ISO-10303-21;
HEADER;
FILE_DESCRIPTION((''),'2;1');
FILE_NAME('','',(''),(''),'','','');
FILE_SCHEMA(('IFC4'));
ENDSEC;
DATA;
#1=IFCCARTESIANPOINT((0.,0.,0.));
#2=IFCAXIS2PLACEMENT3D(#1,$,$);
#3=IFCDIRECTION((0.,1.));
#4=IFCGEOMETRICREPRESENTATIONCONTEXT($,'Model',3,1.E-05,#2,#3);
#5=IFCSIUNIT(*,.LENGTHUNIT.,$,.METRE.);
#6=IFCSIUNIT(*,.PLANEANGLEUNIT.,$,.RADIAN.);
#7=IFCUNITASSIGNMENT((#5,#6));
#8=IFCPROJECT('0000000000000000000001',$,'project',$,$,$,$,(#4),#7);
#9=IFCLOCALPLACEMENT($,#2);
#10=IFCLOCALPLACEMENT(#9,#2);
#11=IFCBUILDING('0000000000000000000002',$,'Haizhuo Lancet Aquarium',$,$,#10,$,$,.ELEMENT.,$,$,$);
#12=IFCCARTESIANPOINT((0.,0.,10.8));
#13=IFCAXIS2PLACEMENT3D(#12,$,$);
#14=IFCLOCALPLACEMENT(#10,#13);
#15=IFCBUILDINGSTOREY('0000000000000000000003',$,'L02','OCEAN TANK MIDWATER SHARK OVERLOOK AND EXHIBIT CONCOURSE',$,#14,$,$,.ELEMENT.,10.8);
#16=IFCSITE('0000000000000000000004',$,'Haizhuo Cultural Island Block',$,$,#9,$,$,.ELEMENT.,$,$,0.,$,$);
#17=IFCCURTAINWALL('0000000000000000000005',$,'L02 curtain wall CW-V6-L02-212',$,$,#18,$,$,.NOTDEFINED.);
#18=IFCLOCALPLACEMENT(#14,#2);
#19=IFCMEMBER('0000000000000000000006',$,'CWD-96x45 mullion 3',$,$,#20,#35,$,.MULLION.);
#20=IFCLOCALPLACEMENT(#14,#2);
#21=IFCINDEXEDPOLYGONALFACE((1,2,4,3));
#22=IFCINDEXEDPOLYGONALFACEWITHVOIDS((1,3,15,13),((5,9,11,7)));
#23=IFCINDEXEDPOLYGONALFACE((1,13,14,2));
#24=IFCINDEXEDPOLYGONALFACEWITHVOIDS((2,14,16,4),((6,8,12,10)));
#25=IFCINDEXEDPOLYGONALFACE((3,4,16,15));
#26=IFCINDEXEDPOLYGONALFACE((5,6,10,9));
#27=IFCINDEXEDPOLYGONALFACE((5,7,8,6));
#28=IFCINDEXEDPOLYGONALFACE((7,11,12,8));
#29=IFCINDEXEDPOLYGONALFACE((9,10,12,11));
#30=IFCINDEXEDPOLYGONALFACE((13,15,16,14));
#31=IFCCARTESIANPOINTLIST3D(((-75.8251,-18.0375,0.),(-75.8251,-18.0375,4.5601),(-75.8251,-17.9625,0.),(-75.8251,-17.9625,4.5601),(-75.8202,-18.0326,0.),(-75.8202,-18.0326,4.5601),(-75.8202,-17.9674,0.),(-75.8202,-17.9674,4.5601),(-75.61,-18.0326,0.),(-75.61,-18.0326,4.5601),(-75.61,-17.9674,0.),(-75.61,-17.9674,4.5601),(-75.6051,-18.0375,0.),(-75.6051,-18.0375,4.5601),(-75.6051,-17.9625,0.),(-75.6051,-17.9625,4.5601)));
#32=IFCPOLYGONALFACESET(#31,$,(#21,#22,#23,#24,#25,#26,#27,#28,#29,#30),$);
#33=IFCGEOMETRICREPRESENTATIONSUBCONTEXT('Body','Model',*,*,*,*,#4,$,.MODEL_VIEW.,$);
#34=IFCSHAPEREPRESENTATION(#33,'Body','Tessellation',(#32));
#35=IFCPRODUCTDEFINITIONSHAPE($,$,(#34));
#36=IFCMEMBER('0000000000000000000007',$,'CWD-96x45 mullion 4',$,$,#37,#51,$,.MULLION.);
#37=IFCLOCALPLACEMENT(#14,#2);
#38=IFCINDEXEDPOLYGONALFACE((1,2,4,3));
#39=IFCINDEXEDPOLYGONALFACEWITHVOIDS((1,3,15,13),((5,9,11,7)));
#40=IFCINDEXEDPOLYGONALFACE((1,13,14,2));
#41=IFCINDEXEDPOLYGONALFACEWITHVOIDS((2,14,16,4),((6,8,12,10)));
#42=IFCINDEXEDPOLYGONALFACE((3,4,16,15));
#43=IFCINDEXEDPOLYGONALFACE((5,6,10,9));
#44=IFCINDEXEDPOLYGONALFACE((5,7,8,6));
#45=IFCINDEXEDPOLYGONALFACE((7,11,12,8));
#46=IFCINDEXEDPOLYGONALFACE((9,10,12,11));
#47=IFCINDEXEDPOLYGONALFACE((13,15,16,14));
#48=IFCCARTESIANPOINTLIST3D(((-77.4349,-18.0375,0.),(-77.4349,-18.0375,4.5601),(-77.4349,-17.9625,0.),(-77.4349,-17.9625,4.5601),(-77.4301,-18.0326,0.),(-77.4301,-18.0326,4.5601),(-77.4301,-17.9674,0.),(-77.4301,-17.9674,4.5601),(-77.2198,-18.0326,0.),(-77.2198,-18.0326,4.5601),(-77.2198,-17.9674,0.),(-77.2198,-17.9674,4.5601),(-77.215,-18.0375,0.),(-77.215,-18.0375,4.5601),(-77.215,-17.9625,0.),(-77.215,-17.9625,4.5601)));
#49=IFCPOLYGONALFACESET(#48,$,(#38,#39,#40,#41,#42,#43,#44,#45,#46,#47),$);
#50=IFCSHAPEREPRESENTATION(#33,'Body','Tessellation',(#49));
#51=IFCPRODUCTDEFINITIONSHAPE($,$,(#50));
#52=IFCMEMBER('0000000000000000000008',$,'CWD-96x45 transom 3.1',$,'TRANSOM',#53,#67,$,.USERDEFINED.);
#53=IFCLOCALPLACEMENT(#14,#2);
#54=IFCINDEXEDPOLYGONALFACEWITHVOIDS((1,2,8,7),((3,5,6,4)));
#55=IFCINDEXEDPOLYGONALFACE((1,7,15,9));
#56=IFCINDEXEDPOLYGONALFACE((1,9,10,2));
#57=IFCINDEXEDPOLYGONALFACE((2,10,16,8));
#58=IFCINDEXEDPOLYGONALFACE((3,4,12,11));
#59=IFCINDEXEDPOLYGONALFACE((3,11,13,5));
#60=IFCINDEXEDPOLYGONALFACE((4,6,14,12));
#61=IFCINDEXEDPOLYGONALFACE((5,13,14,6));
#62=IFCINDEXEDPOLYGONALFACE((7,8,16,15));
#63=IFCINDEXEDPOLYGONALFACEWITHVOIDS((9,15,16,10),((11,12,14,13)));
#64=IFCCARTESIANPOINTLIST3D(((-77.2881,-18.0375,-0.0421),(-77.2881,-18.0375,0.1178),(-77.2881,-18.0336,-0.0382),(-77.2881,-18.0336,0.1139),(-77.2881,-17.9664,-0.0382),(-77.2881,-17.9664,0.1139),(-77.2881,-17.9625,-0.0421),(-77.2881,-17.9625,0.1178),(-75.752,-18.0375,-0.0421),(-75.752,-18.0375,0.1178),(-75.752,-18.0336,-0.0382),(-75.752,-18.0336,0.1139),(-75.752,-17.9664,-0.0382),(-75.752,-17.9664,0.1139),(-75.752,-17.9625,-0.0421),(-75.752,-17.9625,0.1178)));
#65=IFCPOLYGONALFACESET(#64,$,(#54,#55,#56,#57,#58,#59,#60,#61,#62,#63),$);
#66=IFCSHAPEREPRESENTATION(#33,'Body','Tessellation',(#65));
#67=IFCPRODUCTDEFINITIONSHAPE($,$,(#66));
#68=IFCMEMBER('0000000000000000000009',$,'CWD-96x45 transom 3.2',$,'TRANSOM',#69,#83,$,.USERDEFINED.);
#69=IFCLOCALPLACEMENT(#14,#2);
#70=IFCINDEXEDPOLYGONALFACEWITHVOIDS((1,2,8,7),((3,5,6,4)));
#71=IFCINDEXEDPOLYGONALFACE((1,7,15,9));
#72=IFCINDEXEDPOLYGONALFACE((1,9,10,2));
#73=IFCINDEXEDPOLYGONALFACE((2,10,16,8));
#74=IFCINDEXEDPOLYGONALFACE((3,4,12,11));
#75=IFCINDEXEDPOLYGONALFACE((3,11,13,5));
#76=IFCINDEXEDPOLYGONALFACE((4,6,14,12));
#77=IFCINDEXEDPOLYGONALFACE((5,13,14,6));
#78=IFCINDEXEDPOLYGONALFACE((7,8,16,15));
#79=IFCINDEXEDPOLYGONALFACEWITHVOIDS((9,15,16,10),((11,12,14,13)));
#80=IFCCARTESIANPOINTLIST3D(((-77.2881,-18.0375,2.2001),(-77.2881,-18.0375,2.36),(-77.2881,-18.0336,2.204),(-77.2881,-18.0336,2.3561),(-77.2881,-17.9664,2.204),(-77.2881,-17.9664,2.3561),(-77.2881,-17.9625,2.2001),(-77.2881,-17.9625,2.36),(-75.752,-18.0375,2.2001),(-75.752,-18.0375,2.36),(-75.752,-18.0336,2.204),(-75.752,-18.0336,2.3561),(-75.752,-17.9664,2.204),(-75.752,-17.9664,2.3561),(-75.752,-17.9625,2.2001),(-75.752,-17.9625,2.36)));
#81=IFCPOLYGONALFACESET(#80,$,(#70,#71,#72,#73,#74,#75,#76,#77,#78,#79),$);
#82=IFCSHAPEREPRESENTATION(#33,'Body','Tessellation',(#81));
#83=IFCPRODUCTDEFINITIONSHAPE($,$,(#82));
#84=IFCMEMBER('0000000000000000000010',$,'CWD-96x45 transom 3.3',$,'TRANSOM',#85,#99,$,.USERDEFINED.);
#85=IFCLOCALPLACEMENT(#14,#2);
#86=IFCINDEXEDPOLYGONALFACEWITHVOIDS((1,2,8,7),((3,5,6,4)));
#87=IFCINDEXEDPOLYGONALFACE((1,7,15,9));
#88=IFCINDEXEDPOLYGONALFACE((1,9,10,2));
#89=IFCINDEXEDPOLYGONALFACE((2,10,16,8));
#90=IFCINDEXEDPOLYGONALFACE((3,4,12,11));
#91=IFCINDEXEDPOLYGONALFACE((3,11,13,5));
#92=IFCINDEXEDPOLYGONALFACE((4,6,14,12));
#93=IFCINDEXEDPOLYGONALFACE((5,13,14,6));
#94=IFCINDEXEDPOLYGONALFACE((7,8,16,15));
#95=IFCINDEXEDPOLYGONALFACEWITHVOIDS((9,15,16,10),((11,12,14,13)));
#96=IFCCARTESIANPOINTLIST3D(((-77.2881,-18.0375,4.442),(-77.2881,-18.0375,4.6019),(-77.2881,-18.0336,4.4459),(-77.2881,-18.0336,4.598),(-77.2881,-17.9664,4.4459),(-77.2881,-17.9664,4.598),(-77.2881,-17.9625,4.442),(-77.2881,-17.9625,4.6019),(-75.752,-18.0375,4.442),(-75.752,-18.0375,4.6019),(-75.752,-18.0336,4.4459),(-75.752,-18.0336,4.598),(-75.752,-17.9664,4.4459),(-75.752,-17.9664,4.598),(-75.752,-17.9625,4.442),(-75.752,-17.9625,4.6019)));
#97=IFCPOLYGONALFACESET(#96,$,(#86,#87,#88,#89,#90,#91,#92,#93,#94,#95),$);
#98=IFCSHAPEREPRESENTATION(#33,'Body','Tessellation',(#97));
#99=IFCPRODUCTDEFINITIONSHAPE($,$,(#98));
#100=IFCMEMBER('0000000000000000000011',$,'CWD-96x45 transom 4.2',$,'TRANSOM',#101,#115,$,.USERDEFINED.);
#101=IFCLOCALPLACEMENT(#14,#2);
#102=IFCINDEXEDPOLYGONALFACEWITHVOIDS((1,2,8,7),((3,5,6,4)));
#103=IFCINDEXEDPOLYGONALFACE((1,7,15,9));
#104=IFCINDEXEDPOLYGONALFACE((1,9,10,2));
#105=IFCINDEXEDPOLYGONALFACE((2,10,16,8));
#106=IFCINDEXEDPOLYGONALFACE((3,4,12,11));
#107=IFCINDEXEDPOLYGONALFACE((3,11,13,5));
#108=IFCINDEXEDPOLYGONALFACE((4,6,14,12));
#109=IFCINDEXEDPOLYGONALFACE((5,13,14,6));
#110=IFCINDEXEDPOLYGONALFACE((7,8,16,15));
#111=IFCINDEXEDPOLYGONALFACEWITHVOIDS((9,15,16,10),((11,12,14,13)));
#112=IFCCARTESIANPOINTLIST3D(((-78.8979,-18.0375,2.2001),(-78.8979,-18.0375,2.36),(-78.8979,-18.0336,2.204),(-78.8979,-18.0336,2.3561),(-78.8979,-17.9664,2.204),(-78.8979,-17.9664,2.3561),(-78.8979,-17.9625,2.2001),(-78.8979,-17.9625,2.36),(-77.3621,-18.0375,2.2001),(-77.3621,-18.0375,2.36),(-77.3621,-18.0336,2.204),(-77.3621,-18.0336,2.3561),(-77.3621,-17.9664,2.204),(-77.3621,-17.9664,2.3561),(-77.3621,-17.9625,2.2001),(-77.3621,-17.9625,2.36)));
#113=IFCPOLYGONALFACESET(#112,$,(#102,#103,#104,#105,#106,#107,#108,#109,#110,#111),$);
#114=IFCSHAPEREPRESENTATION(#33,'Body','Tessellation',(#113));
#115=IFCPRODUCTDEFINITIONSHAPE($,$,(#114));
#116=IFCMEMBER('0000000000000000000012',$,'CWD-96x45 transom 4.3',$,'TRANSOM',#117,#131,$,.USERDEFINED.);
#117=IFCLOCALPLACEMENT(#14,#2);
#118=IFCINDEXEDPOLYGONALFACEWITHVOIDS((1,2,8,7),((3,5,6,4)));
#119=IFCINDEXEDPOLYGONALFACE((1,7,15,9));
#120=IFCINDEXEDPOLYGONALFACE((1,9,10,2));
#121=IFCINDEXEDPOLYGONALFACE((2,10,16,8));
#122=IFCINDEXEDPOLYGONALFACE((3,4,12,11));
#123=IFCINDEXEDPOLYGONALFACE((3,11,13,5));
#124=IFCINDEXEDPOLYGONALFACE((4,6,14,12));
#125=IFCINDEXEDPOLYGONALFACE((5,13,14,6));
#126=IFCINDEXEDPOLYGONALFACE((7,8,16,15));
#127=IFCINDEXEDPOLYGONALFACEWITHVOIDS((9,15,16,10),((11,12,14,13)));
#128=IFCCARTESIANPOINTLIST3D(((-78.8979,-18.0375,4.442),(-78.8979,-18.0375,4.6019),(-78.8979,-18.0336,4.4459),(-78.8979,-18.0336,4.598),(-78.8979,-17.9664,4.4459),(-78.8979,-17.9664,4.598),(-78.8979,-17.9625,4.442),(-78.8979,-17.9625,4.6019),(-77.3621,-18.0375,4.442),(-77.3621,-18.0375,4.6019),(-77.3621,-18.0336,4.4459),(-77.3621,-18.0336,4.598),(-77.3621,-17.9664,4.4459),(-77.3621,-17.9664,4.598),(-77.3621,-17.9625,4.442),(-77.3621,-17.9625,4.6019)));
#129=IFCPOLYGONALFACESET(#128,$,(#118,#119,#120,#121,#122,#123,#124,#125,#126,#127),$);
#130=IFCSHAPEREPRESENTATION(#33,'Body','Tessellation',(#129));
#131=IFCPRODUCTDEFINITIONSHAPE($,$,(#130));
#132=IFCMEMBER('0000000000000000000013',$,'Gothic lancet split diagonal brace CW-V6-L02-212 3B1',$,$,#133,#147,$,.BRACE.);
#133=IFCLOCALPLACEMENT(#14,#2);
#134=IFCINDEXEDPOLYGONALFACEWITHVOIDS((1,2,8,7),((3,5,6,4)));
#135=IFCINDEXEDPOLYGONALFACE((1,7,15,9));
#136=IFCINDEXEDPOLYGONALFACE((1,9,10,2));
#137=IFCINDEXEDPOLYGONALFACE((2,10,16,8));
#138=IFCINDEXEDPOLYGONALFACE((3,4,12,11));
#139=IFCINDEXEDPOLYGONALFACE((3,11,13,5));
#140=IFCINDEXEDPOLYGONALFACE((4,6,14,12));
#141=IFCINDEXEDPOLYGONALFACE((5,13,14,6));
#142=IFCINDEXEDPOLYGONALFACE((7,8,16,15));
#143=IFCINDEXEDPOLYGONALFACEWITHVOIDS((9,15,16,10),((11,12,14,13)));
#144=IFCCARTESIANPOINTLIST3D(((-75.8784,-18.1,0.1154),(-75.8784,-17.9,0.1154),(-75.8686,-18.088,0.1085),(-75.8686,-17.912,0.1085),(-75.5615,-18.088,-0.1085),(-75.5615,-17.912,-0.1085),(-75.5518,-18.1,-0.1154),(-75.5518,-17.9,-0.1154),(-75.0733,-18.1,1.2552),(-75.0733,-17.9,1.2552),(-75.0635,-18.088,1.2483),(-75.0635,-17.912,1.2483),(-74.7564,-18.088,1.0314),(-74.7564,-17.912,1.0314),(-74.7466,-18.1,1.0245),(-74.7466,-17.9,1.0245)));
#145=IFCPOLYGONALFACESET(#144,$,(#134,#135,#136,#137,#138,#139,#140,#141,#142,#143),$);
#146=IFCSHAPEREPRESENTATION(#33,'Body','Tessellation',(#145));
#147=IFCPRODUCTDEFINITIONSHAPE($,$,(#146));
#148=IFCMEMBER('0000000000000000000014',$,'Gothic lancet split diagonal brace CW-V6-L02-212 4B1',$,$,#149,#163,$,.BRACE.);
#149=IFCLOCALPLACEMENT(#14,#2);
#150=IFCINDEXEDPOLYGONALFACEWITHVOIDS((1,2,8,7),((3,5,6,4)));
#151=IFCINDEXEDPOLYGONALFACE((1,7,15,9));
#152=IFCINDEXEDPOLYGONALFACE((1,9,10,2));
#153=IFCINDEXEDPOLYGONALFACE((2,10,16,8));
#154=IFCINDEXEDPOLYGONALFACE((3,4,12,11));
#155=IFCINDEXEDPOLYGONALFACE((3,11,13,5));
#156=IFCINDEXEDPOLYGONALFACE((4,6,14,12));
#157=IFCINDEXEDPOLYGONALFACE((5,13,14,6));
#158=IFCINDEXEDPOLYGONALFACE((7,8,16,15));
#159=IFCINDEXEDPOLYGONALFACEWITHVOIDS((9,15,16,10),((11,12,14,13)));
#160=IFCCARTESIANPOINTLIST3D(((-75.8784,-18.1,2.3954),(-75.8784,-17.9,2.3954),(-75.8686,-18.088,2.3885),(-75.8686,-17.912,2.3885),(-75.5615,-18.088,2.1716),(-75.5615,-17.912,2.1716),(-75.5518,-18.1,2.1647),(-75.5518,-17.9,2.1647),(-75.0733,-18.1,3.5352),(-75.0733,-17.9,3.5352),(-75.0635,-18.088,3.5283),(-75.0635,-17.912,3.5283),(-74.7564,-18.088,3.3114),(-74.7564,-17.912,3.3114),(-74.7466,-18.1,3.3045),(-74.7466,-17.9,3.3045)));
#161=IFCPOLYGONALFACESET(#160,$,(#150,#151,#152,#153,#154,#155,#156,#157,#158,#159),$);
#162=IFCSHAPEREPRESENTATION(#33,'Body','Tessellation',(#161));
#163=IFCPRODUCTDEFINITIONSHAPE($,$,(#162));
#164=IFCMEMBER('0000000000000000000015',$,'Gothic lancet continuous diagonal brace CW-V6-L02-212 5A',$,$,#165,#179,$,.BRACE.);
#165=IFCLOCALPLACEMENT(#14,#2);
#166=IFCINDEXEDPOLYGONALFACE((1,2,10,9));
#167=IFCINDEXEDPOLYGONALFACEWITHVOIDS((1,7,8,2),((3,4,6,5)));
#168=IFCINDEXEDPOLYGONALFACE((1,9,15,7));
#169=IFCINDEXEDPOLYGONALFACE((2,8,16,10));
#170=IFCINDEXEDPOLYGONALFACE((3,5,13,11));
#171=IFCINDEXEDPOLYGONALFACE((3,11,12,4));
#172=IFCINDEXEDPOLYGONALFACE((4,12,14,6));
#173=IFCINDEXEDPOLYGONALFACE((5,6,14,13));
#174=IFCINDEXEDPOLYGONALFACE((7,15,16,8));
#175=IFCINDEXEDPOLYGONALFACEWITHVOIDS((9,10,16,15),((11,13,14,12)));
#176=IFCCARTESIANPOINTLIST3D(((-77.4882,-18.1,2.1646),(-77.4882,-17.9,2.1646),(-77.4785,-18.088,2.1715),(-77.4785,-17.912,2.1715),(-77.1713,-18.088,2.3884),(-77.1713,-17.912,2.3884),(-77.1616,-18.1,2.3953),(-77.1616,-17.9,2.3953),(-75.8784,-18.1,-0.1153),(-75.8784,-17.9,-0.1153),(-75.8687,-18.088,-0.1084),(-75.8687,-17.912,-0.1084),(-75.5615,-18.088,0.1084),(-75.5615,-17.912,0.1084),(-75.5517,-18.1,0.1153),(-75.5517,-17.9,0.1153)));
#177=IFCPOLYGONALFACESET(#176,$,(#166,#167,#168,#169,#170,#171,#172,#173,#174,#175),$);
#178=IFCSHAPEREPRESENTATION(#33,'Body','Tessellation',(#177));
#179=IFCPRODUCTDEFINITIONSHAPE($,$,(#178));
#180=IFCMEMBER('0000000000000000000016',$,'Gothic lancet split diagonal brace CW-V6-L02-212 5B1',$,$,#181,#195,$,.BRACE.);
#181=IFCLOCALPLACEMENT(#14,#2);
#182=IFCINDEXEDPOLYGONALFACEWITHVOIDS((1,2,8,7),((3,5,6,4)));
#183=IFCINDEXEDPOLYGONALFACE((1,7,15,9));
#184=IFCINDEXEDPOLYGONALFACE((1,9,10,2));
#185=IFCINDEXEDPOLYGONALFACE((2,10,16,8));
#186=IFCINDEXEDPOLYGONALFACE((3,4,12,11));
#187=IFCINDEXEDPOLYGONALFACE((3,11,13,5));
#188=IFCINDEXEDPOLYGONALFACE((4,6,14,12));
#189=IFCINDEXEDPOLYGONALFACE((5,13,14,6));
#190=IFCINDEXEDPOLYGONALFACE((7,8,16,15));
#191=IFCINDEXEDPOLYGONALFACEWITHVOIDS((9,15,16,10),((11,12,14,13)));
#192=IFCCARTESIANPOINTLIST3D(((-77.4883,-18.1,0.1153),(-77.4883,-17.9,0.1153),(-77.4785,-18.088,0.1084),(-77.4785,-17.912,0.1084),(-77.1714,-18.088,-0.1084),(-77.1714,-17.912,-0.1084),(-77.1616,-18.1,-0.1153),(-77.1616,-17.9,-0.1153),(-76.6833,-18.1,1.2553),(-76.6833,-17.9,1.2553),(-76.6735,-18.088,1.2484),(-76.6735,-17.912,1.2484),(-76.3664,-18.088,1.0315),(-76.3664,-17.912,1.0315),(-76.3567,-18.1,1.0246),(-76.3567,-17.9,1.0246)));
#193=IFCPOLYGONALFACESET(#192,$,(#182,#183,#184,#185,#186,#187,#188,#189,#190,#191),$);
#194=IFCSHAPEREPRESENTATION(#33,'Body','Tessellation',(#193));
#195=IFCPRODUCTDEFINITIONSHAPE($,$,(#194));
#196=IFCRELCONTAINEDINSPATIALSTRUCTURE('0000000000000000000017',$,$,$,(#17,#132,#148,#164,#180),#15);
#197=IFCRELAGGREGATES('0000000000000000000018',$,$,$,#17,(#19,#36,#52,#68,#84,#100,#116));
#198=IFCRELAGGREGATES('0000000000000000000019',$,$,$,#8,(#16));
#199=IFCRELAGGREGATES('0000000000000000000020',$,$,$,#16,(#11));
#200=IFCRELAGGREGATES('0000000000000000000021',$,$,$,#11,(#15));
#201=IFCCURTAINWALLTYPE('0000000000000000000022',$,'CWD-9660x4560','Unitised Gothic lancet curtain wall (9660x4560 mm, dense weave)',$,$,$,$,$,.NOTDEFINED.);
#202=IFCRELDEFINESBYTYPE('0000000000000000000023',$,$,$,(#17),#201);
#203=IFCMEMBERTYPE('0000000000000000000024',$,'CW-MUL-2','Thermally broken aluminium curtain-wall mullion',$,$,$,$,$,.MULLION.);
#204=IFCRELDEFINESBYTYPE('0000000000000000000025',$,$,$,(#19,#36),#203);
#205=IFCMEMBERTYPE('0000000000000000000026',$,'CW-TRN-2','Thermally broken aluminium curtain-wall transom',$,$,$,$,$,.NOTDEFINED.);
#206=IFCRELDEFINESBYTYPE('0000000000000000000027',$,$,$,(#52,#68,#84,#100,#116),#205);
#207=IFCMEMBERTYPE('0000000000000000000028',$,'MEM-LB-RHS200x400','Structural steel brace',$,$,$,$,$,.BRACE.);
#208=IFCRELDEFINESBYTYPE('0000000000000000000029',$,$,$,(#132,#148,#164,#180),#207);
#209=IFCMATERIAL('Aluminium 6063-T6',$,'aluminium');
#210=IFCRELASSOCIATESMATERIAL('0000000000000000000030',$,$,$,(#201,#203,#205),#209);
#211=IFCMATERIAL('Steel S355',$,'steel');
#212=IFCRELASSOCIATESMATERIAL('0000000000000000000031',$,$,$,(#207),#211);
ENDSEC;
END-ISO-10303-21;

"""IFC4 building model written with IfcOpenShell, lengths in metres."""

from ifc_helpers import new_model, si_unit, direction, frame, origin, origin_2d, place, context, subcontext, project, spatial, hollow_rectangle, extrude, material, material_profile, profile_set, type_object, element, aggregate, save


model = new_model("IFC4")

# Units and contexts
model_context = context("Model", 3, precision=1e-05, world=origin(), true_north=direction((0.0, 1.0)))
body_context = subcontext(model_context, "Body", "Model", "MODEL_VIEW")
ifc_project = project(units=[si_unit("LENGTHUNIT", "METRE"), si_unit("PLANEANGLEUNIT", "RADIAN")], contexts=[model_context])

# Site, building, storey
site_placement = place(None, origin())
site = spatial("IfcSite", under=ifc_project, at=site_placement, Name="Haizhuo Cultural Island Block", CompositionType="ELEMENT", RefElevation=0.0)
building_placement = place(site_placement, origin())
building = spatial("IfcBuilding", under=site, at=building_placement, Name="Haizhuo Lancet Aquarium", CompositionType="ELEMENT")
storey_placement = place(building_placement, frame((0.0, 0.0, 10.8)))
storey = spatial("IfcBuildingStorey", under=building, at=storey_placement, Name="L02", Description="OCEAN TANK MIDWATER SHARK OVERLOOK AND EXHIBIT CONCOURSE", CompositionType="ELEMENT", Elevation=10.8)

# Curtain wall, members
ifc_material_1 = material(Name="Aluminium 6063-T6", Category="aluminium")
curtain_wall_type = type_object("IfcCurtainWallType", Name="CWD-9660x4560", Description="Unitised Gothic lancet curtain wall (9660x4560 mm, dense weave)", PredefinedType="NOTDEFINED", material=ifc_material_1)
curtain_wall_placement = place(storey_placement, origin())
curtain_wall = element("IfcCurtainWall", 1, at=curtain_wall_placement, inside=storey, type_object=curtain_wall_type, Name="L02 curtain wall CW-V6-L02-212", PredefinedType="NOTDEFINED")
ifc_material_profile_1 = material_profile(ifc_material_1, hollow_rectangle(XDim=0.075, YDim=0.22, WallThickness=0.0049, at=origin_2d()), Name="ALU-M 75x220x5")
ifc_profile_set_1 = profile_set([ifc_material_profile_1], Name="Aluminium 6063-T6")
member_type_1 = type_object("IfcMemberType", Name="CW-MUL-2", Description="Thermally broken aluminium curtain-wall mullion", PredefinedType="MULLION", material=ifc_profile_set_1)
member_1_placement = place(storey_placement, frame((-75.7151, -18.0, 0.0), z_axis=(0.0, 0.0, 1.0), x_axis=(0.0, -1.0, 0.0)))
member_1 = element("IfcMember", 2, at=member_1_placement, type_object=member_type_1, Name="CWD-96x45 mullion 3", PredefinedType="MULLION", context=body_context, shape_type="SweptSolid", body=[
    extrude(hollow_rectangle(XDim=0.075, YDim=0.22, WallThickness=0.0049, at=origin_2d()), origin(), (0.0, 0.0, 1.0), 4.5601),
])
member_2_placement = place(storey_placement, frame((-77.325, -18.0, 0.0), z_axis=(0.0, 0.0, 1.0), x_axis=(0.0, -1.0, 0.0)))
member_2 = element("IfcMember", 3, at=member_2_placement, type_object=member_type_1, Name="CWD-96x45 mullion 4", PredefinedType="MULLION", context=body_context, shape_type="SweptSolid", body=[
    extrude(hollow_rectangle(XDim=0.075, YDim=0.22, WallThickness=0.0049, at=origin_2d()), origin(), (0.0, 0.0, 1.0), 4.5601),
])
ifc_material_profile_2 = material_profile(ifc_material_1, hollow_rectangle(XDim=0.075, YDim=0.1599, WallThickness=0.0039, at=origin_2d()), Name="ALU-T 75x160x4")
ifc_profile_set_2 = profile_set([ifc_material_profile_2], Name="Aluminium 6063-T6")
member_type_2 = type_object("IfcMemberType", Name="CW-TRN-2", Description="Thermally broken aluminium curtain-wall transom", PredefinedType="NOTDEFINED", material=ifc_profile_set_2)
member_3_placement = place(storey_placement, frame((-75.752, -18.0, 0.0378), z_axis=(-1.0, 0.0, 0.0), x_axis=(0.0, -1.0, 0.0)))
member_3 = element("IfcMember", 4, at=member_3_placement, type_object=member_type_2, Name="CWD-96x45 transom 3.1", ObjectType="TRANSOM", PredefinedType="USERDEFINED", context=body_context, shape_type="SweptSolid", body=[
    extrude(hollow_rectangle(XDim=0.075, YDim=0.1599, WallThickness=0.0039, at=origin_2d()), origin(), (0.0, 0.0, 1.0), 1.5361),
])
member_4_placement = place(storey_placement, frame((-75.752, -18.0, 2.28), z_axis=(-1.0, 0.0, 0.0), x_axis=(0.0, -1.0, 0.0)))
member_4 = element("IfcMember", 5, at=member_4_placement, type_object=member_type_2, Name="CWD-96x45 transom 3.2", ObjectType="TRANSOM", PredefinedType="USERDEFINED", context=body_context, shape_type="SweptSolid", body=[
    extrude(hollow_rectangle(XDim=0.075, YDim=0.1599, WallThickness=0.0039, at=origin_2d()), origin(), (0.0, 0.0, 1.0), 1.5361),
])
member_5_placement = place(storey_placement, frame((-75.752, -18.0, 4.522), z_axis=(-1.0, 0.0, 0.0), x_axis=(0.0, -1.0, 0.0)))
member_5 = element("IfcMember", 6, at=member_5_placement, type_object=member_type_2, Name="CWD-96x45 transom 3.3", ObjectType="TRANSOM", PredefinedType="USERDEFINED", context=body_context, shape_type="SweptSolid", body=[
    extrude(hollow_rectangle(XDim=0.075, YDim=0.1599, WallThickness=0.0039, at=origin_2d()), origin(), (0.0, 0.0, 1.0), 1.5361),
])
member_6_placement = place(storey_placement, frame((-77.3621, -18.0, 2.28), z_axis=(-1.0, 0.0, 0.0), x_axis=(0.0, -1.0, 0.0)))
member_6 = element("IfcMember", 7, at=member_6_placement, type_object=member_type_2, Name="CWD-96x45 transom 4.2", ObjectType="TRANSOM", PredefinedType="USERDEFINED", context=body_context, shape_type="SweptSolid", body=[
    extrude(hollow_rectangle(XDim=0.075, YDim=0.1599, WallThickness=0.0039, at=origin_2d()), origin(), (0.0, 0.0, 1.0), 1.5359),
])
member_7_placement = place(storey_placement, frame((-77.3621, -18.0, 4.522), z_axis=(-1.0, 0.0, 0.0), x_axis=(0.0, -1.0, 0.0)))
member_7 = element("IfcMember", 8, at=member_7_placement, type_object=member_type_2, Name="CWD-96x45 transom 4.3", ObjectType="TRANSOM", PredefinedType="USERDEFINED", context=body_context, shape_type="SweptSolid", body=[
    extrude(hollow_rectangle(XDim=0.075, YDim=0.1599, WallThickness=0.0039, at=origin_2d()), origin(), (0.0, 0.0, 1.0), 1.5359),
])

# Members
ifc_material_2 = material(Name="Steel S355", Category="steel")
ifc_material_profile_3 = material_profile(ifc_material_2, hollow_rectangle(XDim=0.2, YDim=0.3999, WallThickness=0.012, at=origin_2d()), Name="RHS 200x400x12")
ifc_profile_set_3 = profile_set([ifc_material_profile_3], Name="Steel S355")
member_type_3 = type_object("IfcMemberType", Name="MEM-LB-RHS200x400", Description="Structural steel brace", PredefinedType="BRACE", material=ifc_profile_set_3)
for number, where, z_axis, x_axis, name in (
    (9, (-75.7151, -18.0, 0.0), (0.576944, 0.0, 0.816784), (0.0, 1.0, 0.0), "Gothic lancet split diagonal brace CW-V6-L02-212 3B1"),
    (10, (-75.7151, -18.0, 2.28), (0.576944, 0.0, 0.816784), (0.0, 1.0, 0.0), "Gothic lancet split diagonal brace CW-V6-L02-212 4B1"),
):
    element("IfcMember", number, at=place(storey_placement, frame(where, z_axis=z_axis, x_axis=x_axis)), inside=storey, type_object=member_type_3, Name=name, PredefinedType="BRACE", context=body_context, shape_type="SweptSolid", body=[
        extrude(hollow_rectangle(XDim=0.2, YDim=0.3999, WallThickness=0.012, at=origin_2d()), origin(), (0.0, 0.0, 1.0), 1.3955),
    ])
member_8_placement = place(storey_placement, frame((-75.7151, -18.0, 0.0), z_axis=(-0.576786, 0.0, 0.816895), x_axis=(0.0, -1.0, 0.0)))
element("IfcMember", 11, at=member_8_placement, inside=storey, type_object=member_type_3, Name="Gothic lancet continuous diagonal brace CW-V6-L02-212 5A", PredefinedType="BRACE", context=body_context, shape_type="SweptSolid", body=[
    extrude(hollow_rectangle(XDim=0.2, YDim=0.3999, WallThickness=0.012, at=origin_2d()), origin(), (0.0, 0.0, 1.0), 2.791),
])
member_9_placement = place(storey_placement, frame((-77.325, -18.0, 0.0), z_axis=(0.576827, 0.0, 0.816866), x_axis=(0.0, 1.0, 0.0)))
element("IfcMember", 12, at=member_9_placement, inside=storey, type_object=member_type_3, Name="Gothic lancet split diagonal brace CW-V6-L02-212 5B1", PredefinedType="BRACE", context=body_context, shape_type="SweptSolid", body=[
    extrude(hollow_rectangle(XDim=0.2, YDim=0.3999, WallThickness=0.012, at=origin_2d()), origin(), (0.0, 0.0, 1.0), 1.3955),
])

aggregate(curtain_wall, [member_1, member_2, member_3, member_4, member_5, member_6, member_7])

save(model, "model.ifc")
